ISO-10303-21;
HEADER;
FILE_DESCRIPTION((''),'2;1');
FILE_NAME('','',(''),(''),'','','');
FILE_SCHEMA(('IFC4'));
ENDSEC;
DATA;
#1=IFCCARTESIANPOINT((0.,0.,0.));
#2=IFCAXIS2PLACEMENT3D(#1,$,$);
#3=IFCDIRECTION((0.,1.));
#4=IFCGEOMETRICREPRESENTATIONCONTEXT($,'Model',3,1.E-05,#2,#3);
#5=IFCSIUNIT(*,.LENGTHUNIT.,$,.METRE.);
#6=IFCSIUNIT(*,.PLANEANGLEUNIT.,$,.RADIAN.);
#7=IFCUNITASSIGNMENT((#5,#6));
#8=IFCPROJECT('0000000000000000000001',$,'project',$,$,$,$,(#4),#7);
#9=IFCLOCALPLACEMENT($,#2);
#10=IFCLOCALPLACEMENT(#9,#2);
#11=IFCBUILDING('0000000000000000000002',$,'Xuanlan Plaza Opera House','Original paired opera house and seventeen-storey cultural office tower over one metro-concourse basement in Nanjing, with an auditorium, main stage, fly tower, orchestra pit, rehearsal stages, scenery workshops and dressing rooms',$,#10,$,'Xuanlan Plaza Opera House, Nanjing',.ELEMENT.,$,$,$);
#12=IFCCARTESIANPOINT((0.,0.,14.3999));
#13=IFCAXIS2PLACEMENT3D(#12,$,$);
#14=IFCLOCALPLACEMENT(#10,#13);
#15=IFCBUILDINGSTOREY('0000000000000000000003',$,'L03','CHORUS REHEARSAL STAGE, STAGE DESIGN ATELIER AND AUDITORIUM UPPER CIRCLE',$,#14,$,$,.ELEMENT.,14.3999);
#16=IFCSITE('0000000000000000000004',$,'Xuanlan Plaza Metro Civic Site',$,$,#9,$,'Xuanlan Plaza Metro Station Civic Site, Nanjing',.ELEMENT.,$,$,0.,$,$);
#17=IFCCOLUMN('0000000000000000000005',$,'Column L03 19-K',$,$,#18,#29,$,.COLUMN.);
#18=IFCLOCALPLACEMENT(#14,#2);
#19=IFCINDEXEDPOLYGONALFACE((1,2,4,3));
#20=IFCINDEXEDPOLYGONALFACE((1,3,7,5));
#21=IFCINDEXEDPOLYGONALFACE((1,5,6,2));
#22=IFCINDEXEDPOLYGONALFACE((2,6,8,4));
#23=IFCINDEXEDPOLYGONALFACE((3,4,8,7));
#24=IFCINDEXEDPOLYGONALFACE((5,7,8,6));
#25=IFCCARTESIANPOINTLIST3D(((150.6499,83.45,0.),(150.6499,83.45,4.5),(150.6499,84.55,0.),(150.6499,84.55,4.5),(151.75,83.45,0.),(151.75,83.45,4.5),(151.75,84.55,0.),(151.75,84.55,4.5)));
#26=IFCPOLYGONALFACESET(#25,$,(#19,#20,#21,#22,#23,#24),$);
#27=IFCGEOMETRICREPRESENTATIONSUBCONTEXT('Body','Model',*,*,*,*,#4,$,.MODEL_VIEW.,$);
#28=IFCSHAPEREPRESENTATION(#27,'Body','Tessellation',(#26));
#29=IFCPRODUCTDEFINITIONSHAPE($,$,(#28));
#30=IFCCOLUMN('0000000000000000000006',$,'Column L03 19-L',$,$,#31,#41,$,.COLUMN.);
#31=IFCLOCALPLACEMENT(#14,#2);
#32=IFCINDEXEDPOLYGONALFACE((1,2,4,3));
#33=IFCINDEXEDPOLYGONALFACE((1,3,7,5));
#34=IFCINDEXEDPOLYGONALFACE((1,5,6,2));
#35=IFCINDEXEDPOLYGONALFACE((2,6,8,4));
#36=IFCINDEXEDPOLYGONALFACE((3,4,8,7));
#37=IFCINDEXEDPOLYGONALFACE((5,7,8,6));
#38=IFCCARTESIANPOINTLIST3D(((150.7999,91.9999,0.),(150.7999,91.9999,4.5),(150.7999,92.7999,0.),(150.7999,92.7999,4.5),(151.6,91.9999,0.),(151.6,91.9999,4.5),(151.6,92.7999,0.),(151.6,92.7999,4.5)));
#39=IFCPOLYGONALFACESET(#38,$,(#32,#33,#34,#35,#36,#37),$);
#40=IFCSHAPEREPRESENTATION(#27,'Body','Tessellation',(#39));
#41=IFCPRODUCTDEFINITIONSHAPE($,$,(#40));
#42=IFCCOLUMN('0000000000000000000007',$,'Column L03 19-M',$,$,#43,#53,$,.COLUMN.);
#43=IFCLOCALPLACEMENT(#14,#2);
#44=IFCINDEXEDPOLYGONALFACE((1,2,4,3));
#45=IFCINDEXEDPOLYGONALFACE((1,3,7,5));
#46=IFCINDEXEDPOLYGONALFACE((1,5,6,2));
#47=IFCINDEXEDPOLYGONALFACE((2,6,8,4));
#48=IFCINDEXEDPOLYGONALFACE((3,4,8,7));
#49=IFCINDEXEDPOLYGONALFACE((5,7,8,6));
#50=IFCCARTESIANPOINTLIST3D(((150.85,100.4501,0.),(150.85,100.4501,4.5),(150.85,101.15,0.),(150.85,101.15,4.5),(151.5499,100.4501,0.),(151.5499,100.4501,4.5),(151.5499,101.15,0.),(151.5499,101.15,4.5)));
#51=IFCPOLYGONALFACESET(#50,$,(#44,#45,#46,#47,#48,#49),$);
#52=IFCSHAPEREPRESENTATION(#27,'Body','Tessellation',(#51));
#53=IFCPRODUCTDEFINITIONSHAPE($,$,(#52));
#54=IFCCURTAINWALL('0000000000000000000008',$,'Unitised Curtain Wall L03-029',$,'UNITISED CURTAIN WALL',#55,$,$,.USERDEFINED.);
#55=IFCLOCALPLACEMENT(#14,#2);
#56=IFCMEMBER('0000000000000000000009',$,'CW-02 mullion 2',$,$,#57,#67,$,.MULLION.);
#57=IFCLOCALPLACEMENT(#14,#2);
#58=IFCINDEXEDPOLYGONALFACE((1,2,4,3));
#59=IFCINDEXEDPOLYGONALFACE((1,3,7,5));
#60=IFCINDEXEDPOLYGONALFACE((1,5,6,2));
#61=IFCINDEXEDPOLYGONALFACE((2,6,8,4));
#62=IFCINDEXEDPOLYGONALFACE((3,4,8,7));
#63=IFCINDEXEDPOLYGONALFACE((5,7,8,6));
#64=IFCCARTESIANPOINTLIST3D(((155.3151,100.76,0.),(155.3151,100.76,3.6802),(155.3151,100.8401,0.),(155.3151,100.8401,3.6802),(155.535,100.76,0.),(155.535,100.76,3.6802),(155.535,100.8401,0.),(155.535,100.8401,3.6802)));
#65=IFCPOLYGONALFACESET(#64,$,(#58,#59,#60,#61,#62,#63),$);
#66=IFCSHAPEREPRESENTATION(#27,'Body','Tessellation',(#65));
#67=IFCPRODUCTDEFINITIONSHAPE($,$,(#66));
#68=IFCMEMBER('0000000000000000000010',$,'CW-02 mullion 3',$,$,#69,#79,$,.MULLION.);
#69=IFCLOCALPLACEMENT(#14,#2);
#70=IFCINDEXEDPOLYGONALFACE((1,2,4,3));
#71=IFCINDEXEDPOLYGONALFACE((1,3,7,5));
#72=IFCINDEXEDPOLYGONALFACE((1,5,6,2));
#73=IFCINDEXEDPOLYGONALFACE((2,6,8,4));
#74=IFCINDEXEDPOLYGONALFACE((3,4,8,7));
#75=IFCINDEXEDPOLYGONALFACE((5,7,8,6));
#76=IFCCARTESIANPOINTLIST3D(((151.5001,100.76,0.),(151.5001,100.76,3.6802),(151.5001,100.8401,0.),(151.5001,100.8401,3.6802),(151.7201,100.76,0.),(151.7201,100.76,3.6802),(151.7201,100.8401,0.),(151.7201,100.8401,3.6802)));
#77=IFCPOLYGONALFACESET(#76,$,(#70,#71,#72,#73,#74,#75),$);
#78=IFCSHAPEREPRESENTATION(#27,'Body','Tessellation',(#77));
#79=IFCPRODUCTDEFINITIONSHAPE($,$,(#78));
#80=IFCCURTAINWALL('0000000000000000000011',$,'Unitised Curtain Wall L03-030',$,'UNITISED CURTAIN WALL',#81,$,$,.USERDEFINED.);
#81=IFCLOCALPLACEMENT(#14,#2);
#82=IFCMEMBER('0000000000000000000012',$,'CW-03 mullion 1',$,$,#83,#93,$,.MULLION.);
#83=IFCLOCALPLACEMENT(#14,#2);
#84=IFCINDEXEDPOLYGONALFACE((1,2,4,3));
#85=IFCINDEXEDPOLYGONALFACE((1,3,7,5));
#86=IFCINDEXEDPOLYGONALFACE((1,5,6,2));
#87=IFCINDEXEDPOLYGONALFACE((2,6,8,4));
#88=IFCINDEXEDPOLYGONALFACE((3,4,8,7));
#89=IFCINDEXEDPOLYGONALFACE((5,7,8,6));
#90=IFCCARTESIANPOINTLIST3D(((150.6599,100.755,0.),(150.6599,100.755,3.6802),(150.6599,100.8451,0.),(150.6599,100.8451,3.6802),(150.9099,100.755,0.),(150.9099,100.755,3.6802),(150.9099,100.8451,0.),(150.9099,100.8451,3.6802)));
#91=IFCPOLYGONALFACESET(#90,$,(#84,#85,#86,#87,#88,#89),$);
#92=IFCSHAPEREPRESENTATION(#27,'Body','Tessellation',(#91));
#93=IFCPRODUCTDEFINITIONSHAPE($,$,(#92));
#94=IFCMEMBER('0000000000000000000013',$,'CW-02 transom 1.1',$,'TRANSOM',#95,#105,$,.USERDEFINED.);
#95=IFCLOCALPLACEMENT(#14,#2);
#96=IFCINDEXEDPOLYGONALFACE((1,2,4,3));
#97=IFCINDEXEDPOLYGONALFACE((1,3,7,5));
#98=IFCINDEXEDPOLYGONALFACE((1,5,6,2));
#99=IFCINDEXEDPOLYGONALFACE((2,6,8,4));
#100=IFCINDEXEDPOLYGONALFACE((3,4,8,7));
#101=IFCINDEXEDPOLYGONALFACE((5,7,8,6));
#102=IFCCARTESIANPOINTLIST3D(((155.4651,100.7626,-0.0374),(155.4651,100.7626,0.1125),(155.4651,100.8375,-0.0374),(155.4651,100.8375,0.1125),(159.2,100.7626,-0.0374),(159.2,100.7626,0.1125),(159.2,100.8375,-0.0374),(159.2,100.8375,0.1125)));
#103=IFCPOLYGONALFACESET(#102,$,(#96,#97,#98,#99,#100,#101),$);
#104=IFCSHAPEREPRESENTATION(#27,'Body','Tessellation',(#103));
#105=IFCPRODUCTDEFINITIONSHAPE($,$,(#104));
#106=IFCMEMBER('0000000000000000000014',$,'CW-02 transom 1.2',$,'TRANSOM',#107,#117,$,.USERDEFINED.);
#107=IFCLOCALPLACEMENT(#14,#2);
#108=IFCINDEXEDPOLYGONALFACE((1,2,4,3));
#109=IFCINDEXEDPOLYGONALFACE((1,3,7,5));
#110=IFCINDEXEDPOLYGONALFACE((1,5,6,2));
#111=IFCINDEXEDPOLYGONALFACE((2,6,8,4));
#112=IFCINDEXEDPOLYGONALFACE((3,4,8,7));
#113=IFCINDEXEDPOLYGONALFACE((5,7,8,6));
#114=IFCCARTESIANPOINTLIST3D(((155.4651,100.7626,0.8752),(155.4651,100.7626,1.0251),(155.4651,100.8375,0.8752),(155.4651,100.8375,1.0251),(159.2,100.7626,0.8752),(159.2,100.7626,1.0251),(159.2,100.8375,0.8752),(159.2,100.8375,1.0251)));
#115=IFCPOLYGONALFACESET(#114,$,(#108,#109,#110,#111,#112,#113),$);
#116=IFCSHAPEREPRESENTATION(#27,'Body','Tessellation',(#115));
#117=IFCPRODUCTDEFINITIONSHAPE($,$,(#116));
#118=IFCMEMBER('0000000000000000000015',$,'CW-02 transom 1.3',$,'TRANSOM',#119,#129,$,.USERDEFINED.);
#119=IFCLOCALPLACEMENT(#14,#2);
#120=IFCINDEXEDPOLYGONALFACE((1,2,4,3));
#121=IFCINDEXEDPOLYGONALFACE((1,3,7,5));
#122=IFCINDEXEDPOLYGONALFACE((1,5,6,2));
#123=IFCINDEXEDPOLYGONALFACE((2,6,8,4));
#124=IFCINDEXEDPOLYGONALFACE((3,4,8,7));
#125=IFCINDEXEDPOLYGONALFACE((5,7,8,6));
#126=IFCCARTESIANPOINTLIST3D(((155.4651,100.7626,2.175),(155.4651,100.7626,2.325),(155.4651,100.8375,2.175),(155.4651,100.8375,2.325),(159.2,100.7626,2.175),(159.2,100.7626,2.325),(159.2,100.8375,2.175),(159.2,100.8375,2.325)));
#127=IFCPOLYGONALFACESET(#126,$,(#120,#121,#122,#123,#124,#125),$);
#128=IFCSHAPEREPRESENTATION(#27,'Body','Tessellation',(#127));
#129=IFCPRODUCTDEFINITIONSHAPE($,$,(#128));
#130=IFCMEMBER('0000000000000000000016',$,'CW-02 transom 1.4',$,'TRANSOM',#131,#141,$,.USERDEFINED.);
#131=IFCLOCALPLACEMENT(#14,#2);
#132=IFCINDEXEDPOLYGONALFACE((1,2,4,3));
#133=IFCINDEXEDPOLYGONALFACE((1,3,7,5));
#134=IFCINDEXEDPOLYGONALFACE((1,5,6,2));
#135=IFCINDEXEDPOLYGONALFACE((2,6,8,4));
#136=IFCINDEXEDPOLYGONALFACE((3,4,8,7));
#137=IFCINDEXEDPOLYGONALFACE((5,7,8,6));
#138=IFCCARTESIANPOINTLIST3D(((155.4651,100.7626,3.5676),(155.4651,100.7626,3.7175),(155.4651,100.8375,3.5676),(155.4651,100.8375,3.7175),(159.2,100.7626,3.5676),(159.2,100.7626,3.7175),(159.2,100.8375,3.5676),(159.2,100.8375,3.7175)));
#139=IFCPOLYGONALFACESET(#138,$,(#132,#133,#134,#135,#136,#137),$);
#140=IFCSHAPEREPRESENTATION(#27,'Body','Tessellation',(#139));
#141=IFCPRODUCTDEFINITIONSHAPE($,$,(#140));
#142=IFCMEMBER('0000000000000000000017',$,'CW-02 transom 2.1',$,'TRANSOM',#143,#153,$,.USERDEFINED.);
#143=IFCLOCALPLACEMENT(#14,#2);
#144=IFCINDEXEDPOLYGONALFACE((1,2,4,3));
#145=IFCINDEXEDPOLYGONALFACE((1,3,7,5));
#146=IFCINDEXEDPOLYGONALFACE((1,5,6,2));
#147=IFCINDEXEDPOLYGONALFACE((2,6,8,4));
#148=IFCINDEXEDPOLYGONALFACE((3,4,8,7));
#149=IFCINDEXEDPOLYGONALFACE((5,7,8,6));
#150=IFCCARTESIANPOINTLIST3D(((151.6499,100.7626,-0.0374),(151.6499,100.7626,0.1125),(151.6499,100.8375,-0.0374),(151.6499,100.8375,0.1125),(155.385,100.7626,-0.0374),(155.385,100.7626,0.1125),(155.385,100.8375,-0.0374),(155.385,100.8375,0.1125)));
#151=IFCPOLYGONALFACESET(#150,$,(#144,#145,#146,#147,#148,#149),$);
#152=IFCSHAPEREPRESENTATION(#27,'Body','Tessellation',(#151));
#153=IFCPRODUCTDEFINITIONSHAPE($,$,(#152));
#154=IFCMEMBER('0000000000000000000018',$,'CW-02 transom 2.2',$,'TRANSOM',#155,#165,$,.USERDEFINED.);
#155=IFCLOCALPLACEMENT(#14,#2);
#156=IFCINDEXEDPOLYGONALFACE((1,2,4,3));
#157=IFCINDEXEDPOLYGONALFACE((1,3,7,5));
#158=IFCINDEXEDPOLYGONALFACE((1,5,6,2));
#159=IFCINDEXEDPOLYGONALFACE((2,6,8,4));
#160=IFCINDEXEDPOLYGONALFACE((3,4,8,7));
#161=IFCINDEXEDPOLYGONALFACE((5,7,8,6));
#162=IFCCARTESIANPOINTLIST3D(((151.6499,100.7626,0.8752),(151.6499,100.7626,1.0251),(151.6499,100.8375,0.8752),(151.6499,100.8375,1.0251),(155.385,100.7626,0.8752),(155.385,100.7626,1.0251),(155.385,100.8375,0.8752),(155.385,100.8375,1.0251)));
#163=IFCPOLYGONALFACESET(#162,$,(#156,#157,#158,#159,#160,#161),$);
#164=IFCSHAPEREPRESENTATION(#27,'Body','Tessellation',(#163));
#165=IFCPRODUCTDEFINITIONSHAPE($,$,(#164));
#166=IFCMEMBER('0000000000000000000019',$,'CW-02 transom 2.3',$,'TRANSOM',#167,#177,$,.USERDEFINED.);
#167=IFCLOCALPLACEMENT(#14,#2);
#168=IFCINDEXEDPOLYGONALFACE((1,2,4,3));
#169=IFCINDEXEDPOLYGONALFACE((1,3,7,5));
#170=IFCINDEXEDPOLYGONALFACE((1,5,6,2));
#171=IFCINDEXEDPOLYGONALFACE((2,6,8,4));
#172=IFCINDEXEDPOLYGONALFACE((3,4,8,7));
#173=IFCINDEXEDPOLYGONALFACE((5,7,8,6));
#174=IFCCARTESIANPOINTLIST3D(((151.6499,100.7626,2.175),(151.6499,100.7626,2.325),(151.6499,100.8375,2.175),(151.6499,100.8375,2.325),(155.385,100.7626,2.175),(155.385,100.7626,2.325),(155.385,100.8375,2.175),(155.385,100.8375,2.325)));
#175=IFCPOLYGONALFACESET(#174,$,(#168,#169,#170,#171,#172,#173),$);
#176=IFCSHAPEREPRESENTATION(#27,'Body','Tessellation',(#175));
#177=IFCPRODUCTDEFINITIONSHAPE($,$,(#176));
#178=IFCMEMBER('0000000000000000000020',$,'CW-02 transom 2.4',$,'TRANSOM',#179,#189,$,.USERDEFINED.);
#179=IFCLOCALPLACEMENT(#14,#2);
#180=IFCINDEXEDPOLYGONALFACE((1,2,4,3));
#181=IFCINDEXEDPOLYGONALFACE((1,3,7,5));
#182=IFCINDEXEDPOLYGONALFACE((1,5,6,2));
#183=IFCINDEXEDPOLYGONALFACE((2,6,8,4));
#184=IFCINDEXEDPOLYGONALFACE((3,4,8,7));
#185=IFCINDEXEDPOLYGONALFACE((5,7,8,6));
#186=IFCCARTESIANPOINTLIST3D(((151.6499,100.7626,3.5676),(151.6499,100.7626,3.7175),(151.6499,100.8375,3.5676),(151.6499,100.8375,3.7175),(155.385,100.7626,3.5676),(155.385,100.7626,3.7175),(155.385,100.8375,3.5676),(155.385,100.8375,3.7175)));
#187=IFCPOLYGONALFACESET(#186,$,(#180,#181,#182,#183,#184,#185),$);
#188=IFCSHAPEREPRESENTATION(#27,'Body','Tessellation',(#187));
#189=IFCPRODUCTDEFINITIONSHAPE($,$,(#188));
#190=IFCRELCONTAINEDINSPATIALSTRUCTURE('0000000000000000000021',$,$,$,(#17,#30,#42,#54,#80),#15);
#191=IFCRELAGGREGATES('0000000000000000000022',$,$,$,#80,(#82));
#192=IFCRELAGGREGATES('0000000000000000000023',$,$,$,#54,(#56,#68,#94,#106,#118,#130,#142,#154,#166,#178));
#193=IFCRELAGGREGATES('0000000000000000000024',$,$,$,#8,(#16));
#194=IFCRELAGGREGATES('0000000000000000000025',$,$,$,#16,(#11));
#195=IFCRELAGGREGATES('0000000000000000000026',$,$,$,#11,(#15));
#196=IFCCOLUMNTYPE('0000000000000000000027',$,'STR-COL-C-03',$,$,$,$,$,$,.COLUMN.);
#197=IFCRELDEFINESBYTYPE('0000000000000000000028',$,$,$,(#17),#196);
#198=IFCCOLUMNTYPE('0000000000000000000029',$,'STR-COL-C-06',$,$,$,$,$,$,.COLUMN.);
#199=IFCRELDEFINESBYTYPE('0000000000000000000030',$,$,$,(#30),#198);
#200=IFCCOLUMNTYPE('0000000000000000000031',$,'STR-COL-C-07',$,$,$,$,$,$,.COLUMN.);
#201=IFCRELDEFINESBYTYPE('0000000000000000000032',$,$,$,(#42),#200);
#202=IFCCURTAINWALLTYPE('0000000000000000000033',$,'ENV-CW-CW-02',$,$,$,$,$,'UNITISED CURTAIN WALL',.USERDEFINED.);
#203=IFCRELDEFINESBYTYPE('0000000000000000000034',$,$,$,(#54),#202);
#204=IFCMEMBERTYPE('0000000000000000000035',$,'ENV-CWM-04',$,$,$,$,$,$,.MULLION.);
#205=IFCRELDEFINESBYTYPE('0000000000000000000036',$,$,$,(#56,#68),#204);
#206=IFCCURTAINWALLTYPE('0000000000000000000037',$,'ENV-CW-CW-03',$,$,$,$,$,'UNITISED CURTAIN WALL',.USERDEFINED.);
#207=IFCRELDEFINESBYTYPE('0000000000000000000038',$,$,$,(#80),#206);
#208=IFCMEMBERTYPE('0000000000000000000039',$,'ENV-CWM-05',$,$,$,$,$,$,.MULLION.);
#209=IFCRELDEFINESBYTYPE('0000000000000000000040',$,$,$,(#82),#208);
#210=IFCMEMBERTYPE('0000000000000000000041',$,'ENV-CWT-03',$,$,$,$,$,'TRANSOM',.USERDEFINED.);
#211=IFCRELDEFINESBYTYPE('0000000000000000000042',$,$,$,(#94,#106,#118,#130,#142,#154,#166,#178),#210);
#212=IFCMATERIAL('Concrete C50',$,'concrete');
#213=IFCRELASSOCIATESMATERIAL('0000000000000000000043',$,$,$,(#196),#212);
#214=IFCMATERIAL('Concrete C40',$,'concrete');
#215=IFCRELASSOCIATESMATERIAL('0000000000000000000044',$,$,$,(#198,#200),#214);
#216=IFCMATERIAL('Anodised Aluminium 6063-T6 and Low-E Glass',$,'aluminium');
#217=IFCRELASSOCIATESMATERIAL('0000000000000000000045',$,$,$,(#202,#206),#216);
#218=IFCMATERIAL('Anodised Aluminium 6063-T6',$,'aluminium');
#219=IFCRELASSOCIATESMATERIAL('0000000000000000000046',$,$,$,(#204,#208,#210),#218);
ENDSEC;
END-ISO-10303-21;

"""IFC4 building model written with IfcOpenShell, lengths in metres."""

from ifc_helpers import new_model, si_unit, direction, frame, origin, origin_2d, place, context, subcontext, project, spatial, rectangle, extrude, material, material_profile, profile_set, type_object, element, aggregate, save


model = new_model("IFC4")

# Units and contexts
model_context = context("Model", 3, precision=1e-05, world=origin(), true_north=direction((0.0, 1.0)))
body_context = subcontext(model_context, "Body", "Model", "MODEL_VIEW")
ifc_project = project(units=[si_unit("LENGTHUNIT", "METRE"), si_unit("PLANEANGLEUNIT", "RADIAN")], contexts=[model_context])

# Site, building, storey
site_placement = place(None, origin())
site = spatial("IfcSite", under=ifc_project, at=site_placement, Name="Xuanlan Plaza Metro Civic Site", LongName="Xuanlan Plaza Metro Station Civic Site, Nanjing", CompositionType="ELEMENT", RefElevation=0.0)
building_placement = place(site_placement, origin())
building = spatial("IfcBuilding", under=site, at=building_placement, Name="Xuanlan Plaza Opera House", Description="Original paired opera house and seventeen-storey cultural office tower over one metro-concourse basement in Nanjing, with an auditorium, main stage, fly tower, orchestra pit, rehearsal stages, scenery workshops and dressing rooms", LongName="Xuanlan Plaza Opera House, Nanjing", CompositionType="ELEMENT")
storey_placement = place(building_placement, frame((0.0, 0.0, 14.3999)))
storey = spatial("IfcBuildingStorey", under=building, at=storey_placement, Name="L03", Description="CHORUS REHEARSAL STAGE, STAGE DESIGN ATELIER AND AUDITORIUM UPPER CIRCLE", CompositionType="ELEMENT", Elevation=14.3999)

# Columns
ifc_material_1 = material(Name="Concrete C50", Category="concrete")
ifc_material_profile_1 = material_profile(ifc_material_1, rectangle(XDim=1.1001, YDim=1.1001, at=origin_2d()), Name="RC-COL 1100x1100")
ifc_profile_set_1 = profile_set([ifc_material_profile_1], Name="Concrete C50")
column_type_1 = type_object("IfcColumnType", Name="STR-COL-C-03", PredefinedType="COLUMN", material=ifc_profile_set_1)
column_1_placement = place(storey_placement, frame((151.2, 84.0, 0.0), z_axis=(0.0, 0.0, 1.0), x_axis=(1.0, 0.0, 0.0)))
element("IfcColumn", 1, at=column_1_placement, inside=storey, type_object=column_type_1, Name="Column L03 19-K", PredefinedType="COLUMN", context=body_context, shape_type="SweptSolid", body=[
    extrude(rectangle(XDim=1.1001, YDim=1.1001, at=origin_2d()), origin(), (0.0, 0.0, 1.0), 4.5),
])
ifc_material_2 = material(Name="Concrete C40", Category="concrete")
ifc_material_profile_2 = material_profile(ifc_material_2, rectangle(XDim=0.8, YDim=0.8, at=origin_2d()), Name="RC-COL 800x800")
ifc_profile_set_2 = profile_set([ifc_material_profile_2], Name="Concrete C40")
column_type_2 = type_object("IfcColumnType", Name="STR-COL-C-06", PredefinedType="COLUMN", material=ifc_profile_set_2)
column_2_placement = place(storey_placement, frame((151.2, 92.3999, 0.0), z_axis=(0.0, 0.0, 1.0), x_axis=(1.0, 0.0, 0.0)))
element("IfcColumn", 2, at=column_2_placement, inside=storey, type_object=column_type_2, Name="Column L03 19-L", PredefinedType="COLUMN", context=body_context, shape_type="SweptSolid", body=[
    extrude(rectangle(XDim=0.8, YDim=0.8, at=origin_2d()), origin(), (0.0, 0.0, 1.0), 4.5),
])
ifc_material_profile_3 = material_profile(ifc_material_2, rectangle(XDim=0.7, YDim=0.7, at=origin_2d()), Name="RC-COL 700x700")
ifc_profile_set_3 = profile_set([ifc_material_profile_3], Name="Concrete C40")
column_type_3 = type_object("IfcColumnType", Name="STR-COL-C-07", PredefinedType="COLUMN", material=ifc_profile_set_3)
column_3_placement = place(storey_placement, frame((151.2, 100.8, 0.0), z_axis=(0.0, 0.0, 1.0), x_axis=(1.0, 0.0, 0.0)))
element("IfcColumn", 3, at=column_3_placement, inside=storey, type_object=column_type_3, Name="Column L03 19-M", PredefinedType="COLUMN", context=body_context, shape_type="SweptSolid", body=[
    extrude(rectangle(XDim=0.7, YDim=0.7, at=origin_2d()), origin(), (0.0, 0.0, 1.0), 4.5),
])

# Curtain wall, members
ifc_material_3 = material(Name="Anodised Aluminium 6063-T6 and Low-E Glass", Category="aluminium")
curtain_wall_type_1 = type_object("IfcCurtainWallType", Name="ENV-CW-CW-02", ElementType="UNITISED CURTAIN WALL", PredefinedType="USERDEFINED", material=ifc_material_3)
curtain_wall_1_placement = place(storey_placement, origin())
curtain_wall_1 = element("IfcCurtainWall", 4, at=curtain_wall_1_placement, inside=storey, type_object=curtain_wall_type_1, Name="Unitised Curtain Wall L03-029", ObjectType="UNITISED CURTAIN WALL", PredefinedType="USERDEFINED")
ifc_material_4 = material(Name="Anodised Aluminium 6063-T6", Category="aluminium")
ifc_material_profile_4 = material_profile(ifc_material_4, rectangle(XDim=0.0801, YDim=0.22, at=origin_2d()), Name="ALU-M 80x220")
ifc_profile_set_4 = profile_set([ifc_material_profile_4], Name="Anodised Aluminium 6063-T6")
member_type_1 = type_object("IfcMemberType", Name="ENV-CWM-04", PredefinedType="MULLION", material=ifc_profile_set_4)
member_1_placement = place(storey_placement, frame((155.425, 100.8, 0.0), z_axis=(0.0, 0.0, 1.0), x_axis=(0.0, -1.0, 0.0)))
member_1 = element("IfcMember", 5, at=member_1_placement, type_object=member_type_1, Name="CW-02 mullion 2", PredefinedType="MULLION", context=body_context, shape_type="SweptSolid", body=[
    extrude(rectangle(XDim=0.0801, YDim=0.22, at=origin_2d()), origin(), (0.0, 0.0, 1.0), 3.6802),
])
member_2_placement = place(storey_placement, frame((151.6101, 100.8, 0.0), z_axis=(0.0, 0.0, 1.0), x_axis=(0.0, -1.0, 0.0)))
member_2 = element("IfcMember", 6, at=member_2_placement, type_object=member_type_1, Name="CW-02 mullion 3", PredefinedType="MULLION", context=body_context, shape_type="SweptSolid", body=[
    extrude(rectangle(XDim=0.0801, YDim=0.22, at=origin_2d()), origin(), (0.0, 0.0, 1.0), 3.6802),
])

# Curtain wall, member
curtain_wall_type_2 = type_object("IfcCurtainWallType", Name="ENV-CW-CW-03", ElementType="UNITISED CURTAIN WALL", PredefinedType="USERDEFINED", material=ifc_material_3)
curtain_wall_2_placement = place(storey_placement, origin())
curtain_wall_2 = element("IfcCurtainWall", 7, at=curtain_wall_2_placement, inside=storey, type_object=curtain_wall_type_2, Name="Unitised Curtain Wall L03-030", ObjectType="UNITISED CURTAIN WALL", PredefinedType="USERDEFINED")
ifc_material_profile_5 = material_profile(ifc_material_4, rectangle(XDim=0.0901, YDim=0.25, at=origin_2d()), Name="ALU-M 90x250")
ifc_profile_set_5 = profile_set([ifc_material_profile_5], Name="Anodised Aluminium 6063-T6")
member_type_2 = type_object("IfcMemberType", Name="ENV-CWM-05", PredefinedType="MULLION", material=ifc_profile_set_5)
member_3_placement = place(storey_placement, frame((150.7849, 100.8, 0.0), z_axis=(0.0, 0.0, 1.0), x_axis=(0.0, -1.0, 0.0)))
member_3 = element("IfcMember", 8, at=member_3_placement, type_object=member_type_2, Name="CW-03 mullion 1", PredefinedType="MULLION", context=body_context, shape_type="SweptSolid", body=[
    extrude(rectangle(XDim=0.0901, YDim=0.25, at=origin_2d()), origin(), (0.0, 0.0, 1.0), 3.6802),
])

# Members
ifc_material_profile_6 = material_profile(ifc_material_4, rectangle(XDim=0.075, YDim=0.1499, at=origin_2d()), Name="ALU-T 75x150")
ifc_profile_set_6 = profile_set([ifc_material_profile_6], Name="Anodised Aluminium 6063-T6")
member_type_3 = type_object("IfcMemberType", Name="ENV-CWT-03", ElementType="TRANSOM", PredefinedType="USERDEFINED", material=ifc_profile_set_6)
member_4_placement = place(storey_placement, frame((159.2, 100.8, 0.0376), z_axis=(-1.0, 0.0, 0.0), x_axis=(0.0, -1.0, 0.0)))
member_4 = element("IfcMember", 9, at=member_4_placement, type_object=member_type_3, Name="CW-02 transom 1.1", ObjectType="TRANSOM", PredefinedType="USERDEFINED", context=body_context, shape_type="SweptSolid", body=[
    extrude(rectangle(XDim=0.075, YDim=0.1499, at=origin_2d()), origin(), (0.0, 0.0, 1.0), 3.7349),
])
member_5_placement = place(storey_placement, frame((159.2, 100.8, 0.9502), z_axis=(-1.0, 0.0, 0.0), x_axis=(0.0, -1.0, 0.0)))
member_5 = element("IfcMember", 10, at=member_5_placement, type_object=member_type_3, Name="CW-02 transom 1.2", ObjectType="TRANSOM", PredefinedType="USERDEFINED", context=body_context, shape_type="SweptSolid", body=[
    extrude(rectangle(XDim=0.075, YDim=0.1499, at=origin_2d()), origin(), (0.0, 0.0, 1.0), 3.7349),
])
member_6_placement = place(storey_placement, frame((159.2, 100.8, 2.25), z_axis=(-1.0, 0.0, 0.0), x_axis=(0.0, -1.0, 0.0)))
member_6 = element("IfcMember", 11, at=member_6_placement, type_object=member_type_3, Name="CW-02 transom 1.3", ObjectType="TRANSOM", PredefinedType="USERDEFINED", context=body_context, shape_type="SweptSolid", body=[
    extrude(rectangle(XDim=0.075, YDim=0.1499, at=origin_2d()), origin(), (0.0, 0.0, 1.0), 3.7349),
])
member_7_placement = place(storey_placement, frame((159.2, 100.8, 3.6426), z_axis=(-1.0, 0.0, 0.0), x_axis=(0.0, -1.0, 0.0)))
member_7 = element("IfcMember", 12, at=member_7_placement, type_object=member_type_3, Name="CW-02 transom 1.4", ObjectType="TRANSOM", PredefinedType="USERDEFINED", context=body_context, shape_type="SweptSolid", body=[
    extrude(rectangle(XDim=0.075, YDim=0.1499, at=origin_2d()), origin(), (0.0, 0.0, 1.0), 3.7349),
])
member_8_placement = place(storey_placement, frame((155.385, 100.8, 0.0376), z_axis=(-1.0, 0.0, 0.0), x_axis=(0.0, -1.0, 0.0)))
member_8 = element("IfcMember", 13, at=member_8_placement, type_object=member_type_3, Name="CW-02 transom 2.1", ObjectType="TRANSOM", PredefinedType="USERDEFINED", context=body_context, shape_type="SweptSolid", body=[
    extrude(rectangle(XDim=0.075, YDim=0.1499, at=origin_2d()), origin(), (0.0, 0.0, 1.0), 3.7351),
])
member_9_placement = place(storey_placement, frame((155.385, 100.8, 0.9502), z_axis=(-1.0, 0.0, 0.0), x_axis=(0.0, -1.0, 0.0)))
member_9 = element("IfcMember", 14, at=member_9_placement, type_object=member_type_3, Name="CW-02 transom 2.2", ObjectType="TRANSOM", PredefinedType="USERDEFINED", context=body_context, shape_type="SweptSolid", body=[
    extrude(rectangle(XDim=0.075, YDim=0.1499, at=origin_2d()), origin(), (0.0, 0.0, 1.0), 3.7351),
])
member_10_placement = place(storey_placement, frame((155.385, 100.8, 2.25), z_axis=(-1.0, 0.0, 0.0), x_axis=(0.0, -1.0, 0.0)))
member_10 = element("IfcMember", 15, at=member_10_placement, type_object=member_type_3, Name="CW-02 transom 2.3", ObjectType="TRANSOM", PredefinedType="USERDEFINED", context=body_context, shape_type="SweptSolid", body=[
    extrude(rectangle(XDim=0.075, YDim=0.1499, at=origin_2d()), origin(), (0.0, 0.0, 1.0), 3.7351),
])
member_11_placement = place(storey_placement, frame((155.385, 100.8, 3.6426), z_axis=(-1.0, 0.0, 0.0), x_axis=(0.0, -1.0, 0.0)))
member_11 = element("IfcMember", 16, at=member_11_placement, type_object=member_type_3, Name="CW-02 transom 2.4", ObjectType="TRANSOM", PredefinedType="USERDEFINED", context=body_context, shape_type="SweptSolid", body=[
    extrude(rectangle(XDim=0.075, YDim=0.1499, at=origin_2d()), origin(), (0.0, 0.0, 1.0), 3.7351),
])
aggregate(curtain_wall_2, [member_3])

aggregate(curtain_wall_1, [member_1, member_2, member_4, member_5, member_6, member_7, member_8, member_9, member_10, member_11])

save(model, "model.ifc")
